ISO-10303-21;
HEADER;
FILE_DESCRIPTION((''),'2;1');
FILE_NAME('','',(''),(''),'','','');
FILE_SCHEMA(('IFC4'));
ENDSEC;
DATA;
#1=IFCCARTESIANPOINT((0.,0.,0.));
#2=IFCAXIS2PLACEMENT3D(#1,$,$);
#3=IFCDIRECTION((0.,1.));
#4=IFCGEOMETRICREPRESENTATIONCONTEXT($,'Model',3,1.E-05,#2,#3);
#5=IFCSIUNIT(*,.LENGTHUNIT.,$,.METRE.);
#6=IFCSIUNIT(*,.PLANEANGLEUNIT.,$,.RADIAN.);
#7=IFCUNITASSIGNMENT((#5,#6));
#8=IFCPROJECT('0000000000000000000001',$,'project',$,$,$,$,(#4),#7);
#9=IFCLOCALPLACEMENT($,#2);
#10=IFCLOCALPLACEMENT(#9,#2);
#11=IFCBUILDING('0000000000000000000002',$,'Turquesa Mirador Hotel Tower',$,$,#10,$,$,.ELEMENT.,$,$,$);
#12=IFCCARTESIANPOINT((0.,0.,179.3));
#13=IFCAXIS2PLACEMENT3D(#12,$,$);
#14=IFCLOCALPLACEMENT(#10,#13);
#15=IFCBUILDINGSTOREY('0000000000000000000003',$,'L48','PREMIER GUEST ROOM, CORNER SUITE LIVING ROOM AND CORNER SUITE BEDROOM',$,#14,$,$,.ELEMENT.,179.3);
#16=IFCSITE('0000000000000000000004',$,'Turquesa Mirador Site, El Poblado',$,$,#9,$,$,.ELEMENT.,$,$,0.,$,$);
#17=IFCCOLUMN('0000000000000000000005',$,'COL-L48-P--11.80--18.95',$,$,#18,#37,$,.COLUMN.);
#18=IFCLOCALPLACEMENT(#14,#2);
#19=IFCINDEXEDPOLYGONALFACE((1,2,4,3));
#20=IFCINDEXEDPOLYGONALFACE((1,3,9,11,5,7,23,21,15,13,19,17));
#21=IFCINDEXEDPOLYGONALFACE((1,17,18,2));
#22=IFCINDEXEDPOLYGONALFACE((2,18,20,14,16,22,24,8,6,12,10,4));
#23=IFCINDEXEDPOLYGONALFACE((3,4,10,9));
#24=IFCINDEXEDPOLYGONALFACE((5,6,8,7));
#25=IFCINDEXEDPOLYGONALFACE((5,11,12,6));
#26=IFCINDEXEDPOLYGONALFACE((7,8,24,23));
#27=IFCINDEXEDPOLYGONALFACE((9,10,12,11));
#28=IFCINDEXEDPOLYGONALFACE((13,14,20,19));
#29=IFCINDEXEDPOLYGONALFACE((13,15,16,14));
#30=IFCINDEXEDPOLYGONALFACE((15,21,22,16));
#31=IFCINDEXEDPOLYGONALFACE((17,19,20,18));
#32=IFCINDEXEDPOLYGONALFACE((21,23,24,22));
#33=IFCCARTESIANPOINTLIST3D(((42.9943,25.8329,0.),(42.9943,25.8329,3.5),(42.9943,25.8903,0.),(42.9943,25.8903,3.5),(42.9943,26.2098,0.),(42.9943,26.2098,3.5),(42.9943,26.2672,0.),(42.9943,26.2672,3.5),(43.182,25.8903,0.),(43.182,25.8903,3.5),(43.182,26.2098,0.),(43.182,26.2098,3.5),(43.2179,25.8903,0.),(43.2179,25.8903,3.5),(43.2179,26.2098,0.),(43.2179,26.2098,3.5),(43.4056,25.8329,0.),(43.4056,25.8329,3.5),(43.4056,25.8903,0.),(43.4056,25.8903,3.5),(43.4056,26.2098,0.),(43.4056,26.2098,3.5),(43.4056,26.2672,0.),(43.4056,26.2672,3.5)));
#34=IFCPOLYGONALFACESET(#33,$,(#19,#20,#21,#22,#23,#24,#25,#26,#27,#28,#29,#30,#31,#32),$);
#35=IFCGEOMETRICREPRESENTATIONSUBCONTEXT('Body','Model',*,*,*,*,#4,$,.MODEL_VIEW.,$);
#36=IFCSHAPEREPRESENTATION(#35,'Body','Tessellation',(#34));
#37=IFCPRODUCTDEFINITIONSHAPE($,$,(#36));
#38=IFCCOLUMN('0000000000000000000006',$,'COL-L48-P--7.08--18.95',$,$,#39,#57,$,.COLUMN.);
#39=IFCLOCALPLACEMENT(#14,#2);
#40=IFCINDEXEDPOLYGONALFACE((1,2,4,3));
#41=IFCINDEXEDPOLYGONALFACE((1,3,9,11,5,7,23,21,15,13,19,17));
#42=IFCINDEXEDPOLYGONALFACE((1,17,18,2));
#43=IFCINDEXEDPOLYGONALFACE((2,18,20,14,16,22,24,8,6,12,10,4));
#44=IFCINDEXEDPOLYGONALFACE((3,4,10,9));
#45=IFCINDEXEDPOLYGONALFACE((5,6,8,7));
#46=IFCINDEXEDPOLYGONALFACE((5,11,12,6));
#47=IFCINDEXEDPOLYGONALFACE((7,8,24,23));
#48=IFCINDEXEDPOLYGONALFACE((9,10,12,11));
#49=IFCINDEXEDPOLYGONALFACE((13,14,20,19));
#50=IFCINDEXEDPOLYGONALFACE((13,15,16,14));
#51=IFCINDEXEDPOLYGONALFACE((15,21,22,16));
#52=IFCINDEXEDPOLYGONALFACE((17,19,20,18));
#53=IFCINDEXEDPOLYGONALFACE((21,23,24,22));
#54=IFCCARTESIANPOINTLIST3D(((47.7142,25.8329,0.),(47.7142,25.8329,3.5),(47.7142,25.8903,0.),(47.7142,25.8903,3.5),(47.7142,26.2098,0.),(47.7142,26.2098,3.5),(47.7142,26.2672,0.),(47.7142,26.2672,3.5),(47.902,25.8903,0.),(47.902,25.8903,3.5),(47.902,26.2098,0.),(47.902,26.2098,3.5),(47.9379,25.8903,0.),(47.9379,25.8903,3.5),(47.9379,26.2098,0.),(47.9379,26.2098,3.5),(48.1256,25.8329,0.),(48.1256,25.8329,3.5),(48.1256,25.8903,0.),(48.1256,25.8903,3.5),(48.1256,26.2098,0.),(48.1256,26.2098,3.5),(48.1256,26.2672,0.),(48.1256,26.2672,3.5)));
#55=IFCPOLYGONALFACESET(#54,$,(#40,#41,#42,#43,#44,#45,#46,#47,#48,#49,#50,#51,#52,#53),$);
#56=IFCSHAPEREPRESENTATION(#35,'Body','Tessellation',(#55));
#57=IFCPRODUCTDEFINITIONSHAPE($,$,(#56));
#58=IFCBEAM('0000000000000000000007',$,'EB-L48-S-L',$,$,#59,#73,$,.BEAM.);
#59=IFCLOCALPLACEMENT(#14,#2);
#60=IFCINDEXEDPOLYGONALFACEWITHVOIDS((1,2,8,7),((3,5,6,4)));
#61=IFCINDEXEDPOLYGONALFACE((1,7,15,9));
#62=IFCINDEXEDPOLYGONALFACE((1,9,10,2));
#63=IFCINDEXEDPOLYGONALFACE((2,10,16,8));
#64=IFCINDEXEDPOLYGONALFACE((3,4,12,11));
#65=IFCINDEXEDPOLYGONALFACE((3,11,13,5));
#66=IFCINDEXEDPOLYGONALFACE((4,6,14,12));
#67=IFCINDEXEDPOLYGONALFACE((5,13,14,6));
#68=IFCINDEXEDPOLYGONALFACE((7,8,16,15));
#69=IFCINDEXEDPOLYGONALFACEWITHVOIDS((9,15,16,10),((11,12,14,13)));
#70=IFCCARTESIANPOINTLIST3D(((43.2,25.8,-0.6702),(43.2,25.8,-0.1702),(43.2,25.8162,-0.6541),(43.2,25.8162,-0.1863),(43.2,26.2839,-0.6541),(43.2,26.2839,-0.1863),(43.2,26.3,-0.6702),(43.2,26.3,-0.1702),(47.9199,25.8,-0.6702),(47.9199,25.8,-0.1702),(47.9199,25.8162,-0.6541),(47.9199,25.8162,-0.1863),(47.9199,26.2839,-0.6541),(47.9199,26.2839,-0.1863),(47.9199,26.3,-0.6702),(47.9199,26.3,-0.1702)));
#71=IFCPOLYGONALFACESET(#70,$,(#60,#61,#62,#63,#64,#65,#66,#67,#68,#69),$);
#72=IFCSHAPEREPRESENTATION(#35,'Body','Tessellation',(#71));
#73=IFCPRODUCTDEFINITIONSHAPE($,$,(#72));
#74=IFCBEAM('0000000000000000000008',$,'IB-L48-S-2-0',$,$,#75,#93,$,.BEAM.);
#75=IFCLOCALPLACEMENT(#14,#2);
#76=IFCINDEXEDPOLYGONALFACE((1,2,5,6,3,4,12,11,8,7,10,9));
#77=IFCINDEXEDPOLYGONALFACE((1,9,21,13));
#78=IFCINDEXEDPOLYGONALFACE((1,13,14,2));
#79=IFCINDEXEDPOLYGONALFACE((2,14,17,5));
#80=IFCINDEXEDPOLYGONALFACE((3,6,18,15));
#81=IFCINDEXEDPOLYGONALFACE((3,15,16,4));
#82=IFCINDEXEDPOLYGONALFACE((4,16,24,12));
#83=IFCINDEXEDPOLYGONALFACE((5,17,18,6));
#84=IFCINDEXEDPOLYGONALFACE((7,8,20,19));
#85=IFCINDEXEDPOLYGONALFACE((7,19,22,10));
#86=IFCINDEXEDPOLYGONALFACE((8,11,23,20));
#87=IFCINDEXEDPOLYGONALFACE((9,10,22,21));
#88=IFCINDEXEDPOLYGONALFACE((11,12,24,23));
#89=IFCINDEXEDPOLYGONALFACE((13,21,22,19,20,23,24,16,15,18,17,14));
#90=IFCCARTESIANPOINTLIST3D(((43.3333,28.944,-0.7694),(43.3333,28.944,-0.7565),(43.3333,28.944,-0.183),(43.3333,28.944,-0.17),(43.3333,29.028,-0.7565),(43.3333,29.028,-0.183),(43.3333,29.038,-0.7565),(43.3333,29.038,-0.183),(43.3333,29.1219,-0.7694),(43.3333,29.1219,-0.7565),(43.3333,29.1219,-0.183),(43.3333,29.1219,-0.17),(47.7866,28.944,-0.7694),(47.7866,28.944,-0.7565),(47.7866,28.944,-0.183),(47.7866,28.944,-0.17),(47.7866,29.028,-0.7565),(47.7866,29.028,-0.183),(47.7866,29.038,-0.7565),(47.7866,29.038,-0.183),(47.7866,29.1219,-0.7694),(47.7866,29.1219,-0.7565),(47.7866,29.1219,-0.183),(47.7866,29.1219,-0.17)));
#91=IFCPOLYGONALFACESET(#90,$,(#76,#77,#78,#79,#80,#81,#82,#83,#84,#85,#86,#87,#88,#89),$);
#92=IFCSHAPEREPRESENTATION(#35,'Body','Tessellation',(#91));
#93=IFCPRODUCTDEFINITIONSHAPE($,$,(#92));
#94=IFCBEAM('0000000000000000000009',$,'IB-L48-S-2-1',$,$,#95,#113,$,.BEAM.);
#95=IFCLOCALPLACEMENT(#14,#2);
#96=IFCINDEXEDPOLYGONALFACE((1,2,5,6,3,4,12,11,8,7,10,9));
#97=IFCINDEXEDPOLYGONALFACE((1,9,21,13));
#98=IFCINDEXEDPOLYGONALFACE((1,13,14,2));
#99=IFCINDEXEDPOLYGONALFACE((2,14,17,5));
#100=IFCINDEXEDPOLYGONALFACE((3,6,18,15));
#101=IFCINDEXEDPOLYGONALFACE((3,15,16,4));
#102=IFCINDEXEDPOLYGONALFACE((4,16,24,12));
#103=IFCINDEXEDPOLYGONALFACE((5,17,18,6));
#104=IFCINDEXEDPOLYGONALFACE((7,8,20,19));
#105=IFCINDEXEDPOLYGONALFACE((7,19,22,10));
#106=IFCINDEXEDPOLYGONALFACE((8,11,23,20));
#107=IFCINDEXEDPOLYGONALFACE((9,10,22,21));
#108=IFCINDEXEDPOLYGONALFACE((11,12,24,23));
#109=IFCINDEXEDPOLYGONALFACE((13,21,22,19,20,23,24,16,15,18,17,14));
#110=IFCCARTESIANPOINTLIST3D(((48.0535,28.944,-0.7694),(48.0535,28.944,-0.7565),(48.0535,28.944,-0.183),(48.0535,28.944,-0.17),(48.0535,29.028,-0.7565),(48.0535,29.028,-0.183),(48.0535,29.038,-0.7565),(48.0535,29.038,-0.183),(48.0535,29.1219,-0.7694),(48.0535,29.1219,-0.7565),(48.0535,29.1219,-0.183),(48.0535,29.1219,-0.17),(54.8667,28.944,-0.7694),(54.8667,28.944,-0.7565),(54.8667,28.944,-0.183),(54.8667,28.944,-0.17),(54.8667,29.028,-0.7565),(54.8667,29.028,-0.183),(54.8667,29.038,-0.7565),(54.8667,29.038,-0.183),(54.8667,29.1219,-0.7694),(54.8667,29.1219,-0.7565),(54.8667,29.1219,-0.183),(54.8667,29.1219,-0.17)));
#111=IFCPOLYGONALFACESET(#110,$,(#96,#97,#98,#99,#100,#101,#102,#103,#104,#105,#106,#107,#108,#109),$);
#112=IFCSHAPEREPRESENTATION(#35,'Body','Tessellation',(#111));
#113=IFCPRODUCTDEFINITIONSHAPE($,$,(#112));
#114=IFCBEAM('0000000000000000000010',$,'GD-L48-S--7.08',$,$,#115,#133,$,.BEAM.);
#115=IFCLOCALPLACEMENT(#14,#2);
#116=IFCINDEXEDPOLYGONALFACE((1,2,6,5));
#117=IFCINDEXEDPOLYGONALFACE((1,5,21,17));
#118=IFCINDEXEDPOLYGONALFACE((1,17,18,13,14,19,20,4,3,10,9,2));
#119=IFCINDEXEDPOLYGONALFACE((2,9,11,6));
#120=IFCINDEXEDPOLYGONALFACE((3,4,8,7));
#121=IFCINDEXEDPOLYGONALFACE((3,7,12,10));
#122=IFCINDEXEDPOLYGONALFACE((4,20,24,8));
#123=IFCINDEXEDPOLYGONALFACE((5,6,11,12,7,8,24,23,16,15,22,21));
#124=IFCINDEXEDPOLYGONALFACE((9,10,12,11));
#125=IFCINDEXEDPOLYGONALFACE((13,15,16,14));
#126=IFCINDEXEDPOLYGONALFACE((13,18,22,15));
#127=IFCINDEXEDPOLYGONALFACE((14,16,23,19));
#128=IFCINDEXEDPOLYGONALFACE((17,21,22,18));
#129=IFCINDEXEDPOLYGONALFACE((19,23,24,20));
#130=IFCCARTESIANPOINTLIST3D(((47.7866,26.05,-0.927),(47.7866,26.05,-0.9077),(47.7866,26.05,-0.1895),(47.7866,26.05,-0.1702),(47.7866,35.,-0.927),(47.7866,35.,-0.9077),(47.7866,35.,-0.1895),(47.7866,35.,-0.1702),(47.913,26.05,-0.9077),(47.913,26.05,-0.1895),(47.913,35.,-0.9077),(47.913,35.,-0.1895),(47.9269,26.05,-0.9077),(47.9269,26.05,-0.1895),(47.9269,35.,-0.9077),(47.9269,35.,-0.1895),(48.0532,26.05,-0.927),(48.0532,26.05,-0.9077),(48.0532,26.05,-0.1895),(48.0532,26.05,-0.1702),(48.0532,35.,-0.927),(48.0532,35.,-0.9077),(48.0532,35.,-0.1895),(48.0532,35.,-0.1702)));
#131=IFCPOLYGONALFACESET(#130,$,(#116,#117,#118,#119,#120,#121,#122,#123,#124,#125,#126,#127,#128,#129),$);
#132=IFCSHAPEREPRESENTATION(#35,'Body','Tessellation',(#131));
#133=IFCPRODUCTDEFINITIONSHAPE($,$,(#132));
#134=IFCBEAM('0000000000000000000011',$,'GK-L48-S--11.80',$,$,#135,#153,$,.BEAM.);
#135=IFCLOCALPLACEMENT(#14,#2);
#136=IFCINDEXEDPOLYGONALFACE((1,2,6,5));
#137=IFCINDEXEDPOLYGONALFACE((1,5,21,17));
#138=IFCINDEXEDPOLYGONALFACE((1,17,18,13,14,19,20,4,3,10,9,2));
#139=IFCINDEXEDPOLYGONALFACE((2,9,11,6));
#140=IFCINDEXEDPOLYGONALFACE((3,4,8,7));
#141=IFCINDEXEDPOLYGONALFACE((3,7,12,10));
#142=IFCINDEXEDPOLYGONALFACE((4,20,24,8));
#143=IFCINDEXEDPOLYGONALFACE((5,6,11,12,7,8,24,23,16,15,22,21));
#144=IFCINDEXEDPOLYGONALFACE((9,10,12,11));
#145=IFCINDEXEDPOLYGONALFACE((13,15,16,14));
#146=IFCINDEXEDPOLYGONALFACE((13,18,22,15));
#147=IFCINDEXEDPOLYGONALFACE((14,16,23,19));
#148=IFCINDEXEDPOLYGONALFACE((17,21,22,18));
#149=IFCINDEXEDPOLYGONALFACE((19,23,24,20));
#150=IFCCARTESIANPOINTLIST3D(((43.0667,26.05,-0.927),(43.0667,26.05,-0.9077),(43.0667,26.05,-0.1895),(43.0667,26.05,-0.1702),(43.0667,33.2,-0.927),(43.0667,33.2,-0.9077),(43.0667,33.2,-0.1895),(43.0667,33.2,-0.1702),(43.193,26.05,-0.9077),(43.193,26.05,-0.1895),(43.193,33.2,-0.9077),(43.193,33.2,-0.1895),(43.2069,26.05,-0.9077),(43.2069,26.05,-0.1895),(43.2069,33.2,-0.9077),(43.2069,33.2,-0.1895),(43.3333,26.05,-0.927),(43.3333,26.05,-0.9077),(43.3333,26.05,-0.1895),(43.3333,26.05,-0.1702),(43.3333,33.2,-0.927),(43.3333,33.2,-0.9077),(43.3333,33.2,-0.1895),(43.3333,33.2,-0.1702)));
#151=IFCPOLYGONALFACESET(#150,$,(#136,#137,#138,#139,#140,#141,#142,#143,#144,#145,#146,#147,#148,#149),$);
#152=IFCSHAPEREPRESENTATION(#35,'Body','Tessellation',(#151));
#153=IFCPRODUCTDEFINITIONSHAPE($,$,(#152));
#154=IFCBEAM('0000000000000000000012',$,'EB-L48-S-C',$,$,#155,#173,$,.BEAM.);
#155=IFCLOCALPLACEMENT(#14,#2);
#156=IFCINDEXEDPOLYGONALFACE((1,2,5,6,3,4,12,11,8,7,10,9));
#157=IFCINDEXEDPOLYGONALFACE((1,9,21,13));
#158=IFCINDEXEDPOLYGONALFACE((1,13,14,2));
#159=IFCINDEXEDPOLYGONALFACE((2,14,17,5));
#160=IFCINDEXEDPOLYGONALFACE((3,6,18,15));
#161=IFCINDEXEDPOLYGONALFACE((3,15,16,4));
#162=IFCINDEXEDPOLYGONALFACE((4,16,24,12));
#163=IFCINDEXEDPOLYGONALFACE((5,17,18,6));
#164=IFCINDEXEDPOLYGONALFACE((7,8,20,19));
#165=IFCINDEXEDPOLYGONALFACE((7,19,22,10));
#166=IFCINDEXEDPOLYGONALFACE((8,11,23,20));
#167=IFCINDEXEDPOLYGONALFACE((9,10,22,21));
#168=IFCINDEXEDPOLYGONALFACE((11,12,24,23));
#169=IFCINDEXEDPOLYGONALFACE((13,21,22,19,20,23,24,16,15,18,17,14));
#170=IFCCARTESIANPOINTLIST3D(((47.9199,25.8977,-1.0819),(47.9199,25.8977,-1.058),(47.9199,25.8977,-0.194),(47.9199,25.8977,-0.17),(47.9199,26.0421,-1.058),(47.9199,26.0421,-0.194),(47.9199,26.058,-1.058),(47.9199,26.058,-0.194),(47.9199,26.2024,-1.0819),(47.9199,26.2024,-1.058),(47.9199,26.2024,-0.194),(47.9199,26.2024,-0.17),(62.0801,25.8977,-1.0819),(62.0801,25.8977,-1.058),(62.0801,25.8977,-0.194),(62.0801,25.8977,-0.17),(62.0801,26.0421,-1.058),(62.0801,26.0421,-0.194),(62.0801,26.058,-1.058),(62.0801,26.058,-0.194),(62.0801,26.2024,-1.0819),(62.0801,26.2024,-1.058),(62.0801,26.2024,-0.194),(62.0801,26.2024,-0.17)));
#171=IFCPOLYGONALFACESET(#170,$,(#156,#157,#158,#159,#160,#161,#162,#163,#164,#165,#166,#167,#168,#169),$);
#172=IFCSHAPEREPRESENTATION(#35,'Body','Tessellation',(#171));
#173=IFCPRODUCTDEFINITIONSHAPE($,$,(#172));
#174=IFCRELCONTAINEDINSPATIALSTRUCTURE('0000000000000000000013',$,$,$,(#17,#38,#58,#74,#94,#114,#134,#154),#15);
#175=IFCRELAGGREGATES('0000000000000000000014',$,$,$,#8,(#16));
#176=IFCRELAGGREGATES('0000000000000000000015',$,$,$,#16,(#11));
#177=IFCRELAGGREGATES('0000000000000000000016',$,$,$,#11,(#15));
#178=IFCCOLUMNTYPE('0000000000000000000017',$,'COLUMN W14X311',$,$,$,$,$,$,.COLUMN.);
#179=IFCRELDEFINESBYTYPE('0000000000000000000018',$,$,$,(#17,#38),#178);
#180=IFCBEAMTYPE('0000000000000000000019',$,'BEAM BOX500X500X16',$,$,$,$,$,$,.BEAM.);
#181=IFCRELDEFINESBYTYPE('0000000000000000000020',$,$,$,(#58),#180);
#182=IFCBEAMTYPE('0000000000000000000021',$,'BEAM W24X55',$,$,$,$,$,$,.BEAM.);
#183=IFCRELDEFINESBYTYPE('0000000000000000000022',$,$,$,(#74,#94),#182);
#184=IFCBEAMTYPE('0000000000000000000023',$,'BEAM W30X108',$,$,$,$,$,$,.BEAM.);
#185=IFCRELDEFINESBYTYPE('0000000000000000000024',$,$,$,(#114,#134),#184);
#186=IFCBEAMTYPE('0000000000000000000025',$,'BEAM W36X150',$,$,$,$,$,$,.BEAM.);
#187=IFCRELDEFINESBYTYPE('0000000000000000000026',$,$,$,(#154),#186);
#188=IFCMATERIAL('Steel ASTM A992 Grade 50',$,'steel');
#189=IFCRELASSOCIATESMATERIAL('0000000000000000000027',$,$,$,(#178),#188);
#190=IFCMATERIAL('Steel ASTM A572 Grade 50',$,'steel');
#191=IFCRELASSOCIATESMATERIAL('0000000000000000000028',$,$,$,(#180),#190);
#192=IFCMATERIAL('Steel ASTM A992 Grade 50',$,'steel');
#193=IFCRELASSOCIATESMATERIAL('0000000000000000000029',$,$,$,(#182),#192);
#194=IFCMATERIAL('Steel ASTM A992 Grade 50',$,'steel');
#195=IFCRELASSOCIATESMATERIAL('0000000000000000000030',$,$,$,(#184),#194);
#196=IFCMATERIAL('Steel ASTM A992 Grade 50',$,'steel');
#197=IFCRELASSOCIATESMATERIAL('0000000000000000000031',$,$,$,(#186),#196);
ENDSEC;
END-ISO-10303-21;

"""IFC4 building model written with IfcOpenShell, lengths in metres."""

from ifc_helpers import new_model, si_unit, direction, frame, origin, origin_2d, place, context, subcontext, project, spatial, hollow_rectangle, i_section, extrude, material, material_profile, profile_set, type_object, element, save


model = new_model("IFC4")

# Units and contexts
model_context = context("Model", 3, precision=1e-05, world=origin(), true_north=direction((0.0, 1.0)))
body_context = subcontext(model_context, "Body", "Model", "MODEL_VIEW")
ifc_project = project(units=[si_unit("LENGTHUNIT", "METRE"), si_unit("PLANEANGLEUNIT", "RADIAN")], contexts=[model_context])

# Site, building, storey
site_placement = place(None, origin())
site = spatial("IfcSite", under=ifc_project, at=site_placement, Name="Turquesa Mirador Site, El Poblado", CompositionType="ELEMENT", RefElevation=0.0)
building_placement = place(site_placement, origin())
building = spatial("IfcBuilding", under=site, at=building_placement, Name="Turquesa Mirador Hotel Tower", CompositionType="ELEMENT")
storey_placement = place(building_placement, frame((0.0, 0.0, 179.3)))
storey = spatial("IfcBuildingStorey", under=building, at=storey_placement, Name="L48", Description="PREMIER GUEST ROOM, CORNER SUITE LIVING ROOM AND CORNER SUITE BEDROOM", CompositionType="ELEMENT", Elevation=179.3)

# Columns
ifc_material_1 = material(Name="Steel ASTM A992 Grade 50", Category="steel")
ifc_material_profile_1 = material_profile(ifc_material_1, i_section(OverallWidth=0.4114, OverallDepth=0.4343, WebThickness=0.0359, FlangeThickness=0.0574, at=origin_2d()), Name="W14X311")
ifc_profile_set_1 = profile_set([ifc_material_profile_1], Name="Steel ASTM A992 Grade 50")
column_type = type_object("IfcColumnType", Name="COLUMN W14X311", PredefinedType="COLUMN", material=ifc_profile_set_1)
for number, where, z_axis, x_axis, name in (
    (1, (43.2, 26.05, 0.0), (0.0, 0.0, 1.0), (1.0, 0.0, 0.0), "COL-L48-P--11.80--18.95"),
    (2, (47.9199, 26.05, 0.0), (0.0, 0.0, 1.0), (1.0, 0.0, 0.0), "COL-L48-P--7.08--18.95"),
):
    element("IfcColumn", number, at=place(storey_placement, frame(where, z_axis=z_axis, x_axis=x_axis)), inside=storey, type_object=column_type, Name=name, PredefinedType="COLUMN", context=body_context, shape_type="SweptSolid", body=[
        extrude(i_section(OverallWidth=0.4114, OverallDepth=0.4343, WebThickness=0.0359, FlangeThickness=0.0574, at=origin_2d()), origin(), (0.0, 0.0, 1.0), 3.5),
    ])

# Beams
ifc_material_2 = material(Name="Steel ASTM A572 Grade 50", Category="steel")
ifc_material_profile_2 = material_profile(ifc_material_2, hollow_rectangle(XDim=0.5, YDim=0.5, WallThickness=0.0161, at=origin_2d()), Name="BOX500X500X16")
ifc_profile_set_2 = profile_set([ifc_material_profile_2], Name="Steel ASTM A572 Grade 50")
beam_type_1 = type_object("IfcBeamType", Name="BEAM BOX500X500X16", PredefinedType="BEAM", material=ifc_profile_set_2)
beam_1_placement = place(storey_placement, frame((43.2, 26.05, -0.4202), z_axis=(1.0, 0.0, 0.0), x_axis=(0.0, 1.0, 0.0)))
element("IfcBeam", 3, at=beam_1_placement, inside=storey, type_object=beam_type_1, Name="EB-L48-S-L", PredefinedType="BEAM", context=body_context, shape_type="SweptSolid", body=[
    extrude(hollow_rectangle(XDim=0.5, YDim=0.5, WallThickness=0.0161, at=origin_2d()), origin(), (0.0, 0.0, 1.0), 4.72),
])
ifc_material_3 = material(Name="Steel ASTM A992 Grade 50", Category="steel")
ifc_material_profile_3 = material_profile(ifc_material_3, i_section(OverallWidth=0.178, OverallDepth=0.5994, WebThickness=0.01, FlangeThickness=0.0129, at=origin_2d()), Name="W24X55")
ifc_profile_set_3 = profile_set([ifc_material_profile_3], Name="Steel ASTM A992 Grade 50")
beam_type_2 = type_object("IfcBeamType", Name="BEAM W24X55", PredefinedType="BEAM", material=ifc_profile_set_3)
beam_2_placement = place(storey_placement, frame((43.3333, 29.033, -0.4697), z_axis=(1.0, 0.0, 0.0), x_axis=(0.0, 1.0, 0.0)))
element("IfcBeam", 4, at=beam_2_placement, inside=storey, type_object=beam_type_2, Name="IB-L48-S-2-0", PredefinedType="BEAM", context=body_context, shape_type="SweptSolid", body=[
    extrude(i_section(OverallWidth=0.178, OverallDepth=0.5994, WebThickness=0.01, FlangeThickness=0.0129, at=origin_2d()), origin(), (0.0, 0.0, 1.0), 4.4534),
])
beam_3_placement = place(storey_placement, frame((48.0535, 29.033, -0.4697), z_axis=(1.0, 0.0, 0.0), x_axis=(0.0, 1.0, 0.0)))
element("IfcBeam", 5, at=beam_3_placement, inside=storey, type_object=beam_type_2, Name="IB-L48-S-2-1", PredefinedType="BEAM", context=body_context, shape_type="SweptSolid", body=[
    extrude(i_section(OverallWidth=0.178, OverallDepth=0.5994, WebThickness=0.01, FlangeThickness=0.0129, at=origin_2d()), origin(), (0.0, 0.0, 1.0), 6.8132),
])
ifc_material_4 = material(Name="Steel ASTM A992 Grade 50", Category="steel")
ifc_material_profile_4 = material_profile(ifc_material_4, i_section(OverallWidth=0.2666, OverallDepth=0.7568, WebThickness=0.0139, FlangeThickness=0.0193, at=origin_2d()), Name="W30X108")
ifc_profile_set_4 = profile_set([ifc_material_profile_4], Name="Steel ASTM A992 Grade 50")
beam_type_3 = type_object("IfcBeamType", Name="BEAM W30X108", PredefinedType="BEAM", material=ifc_profile_set_4)
beam_4_placement = place(storey_placement, frame((47.9199, 26.05, -0.5486), z_axis=(0.0, 1.0, 0.0), x_axis=(-1.0, 0.0, 0.0)))
element("IfcBeam", 6, at=beam_4_placement, inside=storey, type_object=beam_type_3, Name="GD-L48-S--7.08", PredefinedType="BEAM", context=body_context, shape_type="SweptSolid", body=[
    extrude(i_section(OverallWidth=0.2666, OverallDepth=0.7568, WebThickness=0.0139, FlangeThickness=0.0193, at=origin_2d()), origin(), (0.0, 0.0, 1.0), 8.95),
])
beam_5_placement = place(storey_placement, frame((43.2, 26.05, -0.5486), z_axis=(0.0, 1.0, 0.0), x_axis=(-1.0, 0.0, 0.0)))
element("IfcBeam", 7, at=beam_5_placement, inside=storey, type_object=beam_type_3, Name="GK-L48-S--11.80", PredefinedType="BEAM", context=body_context, shape_type="SweptSolid", body=[
    extrude(i_section(OverallWidth=0.2666, OverallDepth=0.7568, WebThickness=0.0139, FlangeThickness=0.0193, at=origin_2d()), origin(), (0.0, 0.0, 1.0), 7.1499),
])
ifc_material_5 = material(Name="Steel ASTM A992 Grade 50", Category="steel")
ifc_material_profile_5 = material_profile(ifc_material_5, i_section(OverallWidth=0.3047, OverallDepth=0.9119, WebThickness=0.0159, FlangeThickness=0.0239, at=origin_2d()), Name="W36X150")
ifc_profile_set_5 = profile_set([ifc_material_profile_5], Name="Steel ASTM A992 Grade 50")
beam_type_4 = type_object("IfcBeamType", Name="BEAM W36X150", PredefinedType="BEAM", material=ifc_profile_set_5)
beam_6_placement = place(storey_placement, frame((47.9199, 26.05, -0.626), z_axis=(1.0, 0.0, 0.0), x_axis=(0.0, 1.0, 0.0)))
element("IfcBeam", 8, at=beam_6_placement, inside=storey, type_object=beam_type_4, Name="EB-L48-S-C", PredefinedType="BEAM", context=body_context, shape_type="SweptSolid", body=[
    extrude(i_section(OverallWidth=0.3047, OverallDepth=0.9119, WebThickness=0.0159, FlangeThickness=0.0239, at=origin_2d()), origin(), (0.0, 0.0, 1.0), 14.1602),
])

save(model, "model.ifc")
